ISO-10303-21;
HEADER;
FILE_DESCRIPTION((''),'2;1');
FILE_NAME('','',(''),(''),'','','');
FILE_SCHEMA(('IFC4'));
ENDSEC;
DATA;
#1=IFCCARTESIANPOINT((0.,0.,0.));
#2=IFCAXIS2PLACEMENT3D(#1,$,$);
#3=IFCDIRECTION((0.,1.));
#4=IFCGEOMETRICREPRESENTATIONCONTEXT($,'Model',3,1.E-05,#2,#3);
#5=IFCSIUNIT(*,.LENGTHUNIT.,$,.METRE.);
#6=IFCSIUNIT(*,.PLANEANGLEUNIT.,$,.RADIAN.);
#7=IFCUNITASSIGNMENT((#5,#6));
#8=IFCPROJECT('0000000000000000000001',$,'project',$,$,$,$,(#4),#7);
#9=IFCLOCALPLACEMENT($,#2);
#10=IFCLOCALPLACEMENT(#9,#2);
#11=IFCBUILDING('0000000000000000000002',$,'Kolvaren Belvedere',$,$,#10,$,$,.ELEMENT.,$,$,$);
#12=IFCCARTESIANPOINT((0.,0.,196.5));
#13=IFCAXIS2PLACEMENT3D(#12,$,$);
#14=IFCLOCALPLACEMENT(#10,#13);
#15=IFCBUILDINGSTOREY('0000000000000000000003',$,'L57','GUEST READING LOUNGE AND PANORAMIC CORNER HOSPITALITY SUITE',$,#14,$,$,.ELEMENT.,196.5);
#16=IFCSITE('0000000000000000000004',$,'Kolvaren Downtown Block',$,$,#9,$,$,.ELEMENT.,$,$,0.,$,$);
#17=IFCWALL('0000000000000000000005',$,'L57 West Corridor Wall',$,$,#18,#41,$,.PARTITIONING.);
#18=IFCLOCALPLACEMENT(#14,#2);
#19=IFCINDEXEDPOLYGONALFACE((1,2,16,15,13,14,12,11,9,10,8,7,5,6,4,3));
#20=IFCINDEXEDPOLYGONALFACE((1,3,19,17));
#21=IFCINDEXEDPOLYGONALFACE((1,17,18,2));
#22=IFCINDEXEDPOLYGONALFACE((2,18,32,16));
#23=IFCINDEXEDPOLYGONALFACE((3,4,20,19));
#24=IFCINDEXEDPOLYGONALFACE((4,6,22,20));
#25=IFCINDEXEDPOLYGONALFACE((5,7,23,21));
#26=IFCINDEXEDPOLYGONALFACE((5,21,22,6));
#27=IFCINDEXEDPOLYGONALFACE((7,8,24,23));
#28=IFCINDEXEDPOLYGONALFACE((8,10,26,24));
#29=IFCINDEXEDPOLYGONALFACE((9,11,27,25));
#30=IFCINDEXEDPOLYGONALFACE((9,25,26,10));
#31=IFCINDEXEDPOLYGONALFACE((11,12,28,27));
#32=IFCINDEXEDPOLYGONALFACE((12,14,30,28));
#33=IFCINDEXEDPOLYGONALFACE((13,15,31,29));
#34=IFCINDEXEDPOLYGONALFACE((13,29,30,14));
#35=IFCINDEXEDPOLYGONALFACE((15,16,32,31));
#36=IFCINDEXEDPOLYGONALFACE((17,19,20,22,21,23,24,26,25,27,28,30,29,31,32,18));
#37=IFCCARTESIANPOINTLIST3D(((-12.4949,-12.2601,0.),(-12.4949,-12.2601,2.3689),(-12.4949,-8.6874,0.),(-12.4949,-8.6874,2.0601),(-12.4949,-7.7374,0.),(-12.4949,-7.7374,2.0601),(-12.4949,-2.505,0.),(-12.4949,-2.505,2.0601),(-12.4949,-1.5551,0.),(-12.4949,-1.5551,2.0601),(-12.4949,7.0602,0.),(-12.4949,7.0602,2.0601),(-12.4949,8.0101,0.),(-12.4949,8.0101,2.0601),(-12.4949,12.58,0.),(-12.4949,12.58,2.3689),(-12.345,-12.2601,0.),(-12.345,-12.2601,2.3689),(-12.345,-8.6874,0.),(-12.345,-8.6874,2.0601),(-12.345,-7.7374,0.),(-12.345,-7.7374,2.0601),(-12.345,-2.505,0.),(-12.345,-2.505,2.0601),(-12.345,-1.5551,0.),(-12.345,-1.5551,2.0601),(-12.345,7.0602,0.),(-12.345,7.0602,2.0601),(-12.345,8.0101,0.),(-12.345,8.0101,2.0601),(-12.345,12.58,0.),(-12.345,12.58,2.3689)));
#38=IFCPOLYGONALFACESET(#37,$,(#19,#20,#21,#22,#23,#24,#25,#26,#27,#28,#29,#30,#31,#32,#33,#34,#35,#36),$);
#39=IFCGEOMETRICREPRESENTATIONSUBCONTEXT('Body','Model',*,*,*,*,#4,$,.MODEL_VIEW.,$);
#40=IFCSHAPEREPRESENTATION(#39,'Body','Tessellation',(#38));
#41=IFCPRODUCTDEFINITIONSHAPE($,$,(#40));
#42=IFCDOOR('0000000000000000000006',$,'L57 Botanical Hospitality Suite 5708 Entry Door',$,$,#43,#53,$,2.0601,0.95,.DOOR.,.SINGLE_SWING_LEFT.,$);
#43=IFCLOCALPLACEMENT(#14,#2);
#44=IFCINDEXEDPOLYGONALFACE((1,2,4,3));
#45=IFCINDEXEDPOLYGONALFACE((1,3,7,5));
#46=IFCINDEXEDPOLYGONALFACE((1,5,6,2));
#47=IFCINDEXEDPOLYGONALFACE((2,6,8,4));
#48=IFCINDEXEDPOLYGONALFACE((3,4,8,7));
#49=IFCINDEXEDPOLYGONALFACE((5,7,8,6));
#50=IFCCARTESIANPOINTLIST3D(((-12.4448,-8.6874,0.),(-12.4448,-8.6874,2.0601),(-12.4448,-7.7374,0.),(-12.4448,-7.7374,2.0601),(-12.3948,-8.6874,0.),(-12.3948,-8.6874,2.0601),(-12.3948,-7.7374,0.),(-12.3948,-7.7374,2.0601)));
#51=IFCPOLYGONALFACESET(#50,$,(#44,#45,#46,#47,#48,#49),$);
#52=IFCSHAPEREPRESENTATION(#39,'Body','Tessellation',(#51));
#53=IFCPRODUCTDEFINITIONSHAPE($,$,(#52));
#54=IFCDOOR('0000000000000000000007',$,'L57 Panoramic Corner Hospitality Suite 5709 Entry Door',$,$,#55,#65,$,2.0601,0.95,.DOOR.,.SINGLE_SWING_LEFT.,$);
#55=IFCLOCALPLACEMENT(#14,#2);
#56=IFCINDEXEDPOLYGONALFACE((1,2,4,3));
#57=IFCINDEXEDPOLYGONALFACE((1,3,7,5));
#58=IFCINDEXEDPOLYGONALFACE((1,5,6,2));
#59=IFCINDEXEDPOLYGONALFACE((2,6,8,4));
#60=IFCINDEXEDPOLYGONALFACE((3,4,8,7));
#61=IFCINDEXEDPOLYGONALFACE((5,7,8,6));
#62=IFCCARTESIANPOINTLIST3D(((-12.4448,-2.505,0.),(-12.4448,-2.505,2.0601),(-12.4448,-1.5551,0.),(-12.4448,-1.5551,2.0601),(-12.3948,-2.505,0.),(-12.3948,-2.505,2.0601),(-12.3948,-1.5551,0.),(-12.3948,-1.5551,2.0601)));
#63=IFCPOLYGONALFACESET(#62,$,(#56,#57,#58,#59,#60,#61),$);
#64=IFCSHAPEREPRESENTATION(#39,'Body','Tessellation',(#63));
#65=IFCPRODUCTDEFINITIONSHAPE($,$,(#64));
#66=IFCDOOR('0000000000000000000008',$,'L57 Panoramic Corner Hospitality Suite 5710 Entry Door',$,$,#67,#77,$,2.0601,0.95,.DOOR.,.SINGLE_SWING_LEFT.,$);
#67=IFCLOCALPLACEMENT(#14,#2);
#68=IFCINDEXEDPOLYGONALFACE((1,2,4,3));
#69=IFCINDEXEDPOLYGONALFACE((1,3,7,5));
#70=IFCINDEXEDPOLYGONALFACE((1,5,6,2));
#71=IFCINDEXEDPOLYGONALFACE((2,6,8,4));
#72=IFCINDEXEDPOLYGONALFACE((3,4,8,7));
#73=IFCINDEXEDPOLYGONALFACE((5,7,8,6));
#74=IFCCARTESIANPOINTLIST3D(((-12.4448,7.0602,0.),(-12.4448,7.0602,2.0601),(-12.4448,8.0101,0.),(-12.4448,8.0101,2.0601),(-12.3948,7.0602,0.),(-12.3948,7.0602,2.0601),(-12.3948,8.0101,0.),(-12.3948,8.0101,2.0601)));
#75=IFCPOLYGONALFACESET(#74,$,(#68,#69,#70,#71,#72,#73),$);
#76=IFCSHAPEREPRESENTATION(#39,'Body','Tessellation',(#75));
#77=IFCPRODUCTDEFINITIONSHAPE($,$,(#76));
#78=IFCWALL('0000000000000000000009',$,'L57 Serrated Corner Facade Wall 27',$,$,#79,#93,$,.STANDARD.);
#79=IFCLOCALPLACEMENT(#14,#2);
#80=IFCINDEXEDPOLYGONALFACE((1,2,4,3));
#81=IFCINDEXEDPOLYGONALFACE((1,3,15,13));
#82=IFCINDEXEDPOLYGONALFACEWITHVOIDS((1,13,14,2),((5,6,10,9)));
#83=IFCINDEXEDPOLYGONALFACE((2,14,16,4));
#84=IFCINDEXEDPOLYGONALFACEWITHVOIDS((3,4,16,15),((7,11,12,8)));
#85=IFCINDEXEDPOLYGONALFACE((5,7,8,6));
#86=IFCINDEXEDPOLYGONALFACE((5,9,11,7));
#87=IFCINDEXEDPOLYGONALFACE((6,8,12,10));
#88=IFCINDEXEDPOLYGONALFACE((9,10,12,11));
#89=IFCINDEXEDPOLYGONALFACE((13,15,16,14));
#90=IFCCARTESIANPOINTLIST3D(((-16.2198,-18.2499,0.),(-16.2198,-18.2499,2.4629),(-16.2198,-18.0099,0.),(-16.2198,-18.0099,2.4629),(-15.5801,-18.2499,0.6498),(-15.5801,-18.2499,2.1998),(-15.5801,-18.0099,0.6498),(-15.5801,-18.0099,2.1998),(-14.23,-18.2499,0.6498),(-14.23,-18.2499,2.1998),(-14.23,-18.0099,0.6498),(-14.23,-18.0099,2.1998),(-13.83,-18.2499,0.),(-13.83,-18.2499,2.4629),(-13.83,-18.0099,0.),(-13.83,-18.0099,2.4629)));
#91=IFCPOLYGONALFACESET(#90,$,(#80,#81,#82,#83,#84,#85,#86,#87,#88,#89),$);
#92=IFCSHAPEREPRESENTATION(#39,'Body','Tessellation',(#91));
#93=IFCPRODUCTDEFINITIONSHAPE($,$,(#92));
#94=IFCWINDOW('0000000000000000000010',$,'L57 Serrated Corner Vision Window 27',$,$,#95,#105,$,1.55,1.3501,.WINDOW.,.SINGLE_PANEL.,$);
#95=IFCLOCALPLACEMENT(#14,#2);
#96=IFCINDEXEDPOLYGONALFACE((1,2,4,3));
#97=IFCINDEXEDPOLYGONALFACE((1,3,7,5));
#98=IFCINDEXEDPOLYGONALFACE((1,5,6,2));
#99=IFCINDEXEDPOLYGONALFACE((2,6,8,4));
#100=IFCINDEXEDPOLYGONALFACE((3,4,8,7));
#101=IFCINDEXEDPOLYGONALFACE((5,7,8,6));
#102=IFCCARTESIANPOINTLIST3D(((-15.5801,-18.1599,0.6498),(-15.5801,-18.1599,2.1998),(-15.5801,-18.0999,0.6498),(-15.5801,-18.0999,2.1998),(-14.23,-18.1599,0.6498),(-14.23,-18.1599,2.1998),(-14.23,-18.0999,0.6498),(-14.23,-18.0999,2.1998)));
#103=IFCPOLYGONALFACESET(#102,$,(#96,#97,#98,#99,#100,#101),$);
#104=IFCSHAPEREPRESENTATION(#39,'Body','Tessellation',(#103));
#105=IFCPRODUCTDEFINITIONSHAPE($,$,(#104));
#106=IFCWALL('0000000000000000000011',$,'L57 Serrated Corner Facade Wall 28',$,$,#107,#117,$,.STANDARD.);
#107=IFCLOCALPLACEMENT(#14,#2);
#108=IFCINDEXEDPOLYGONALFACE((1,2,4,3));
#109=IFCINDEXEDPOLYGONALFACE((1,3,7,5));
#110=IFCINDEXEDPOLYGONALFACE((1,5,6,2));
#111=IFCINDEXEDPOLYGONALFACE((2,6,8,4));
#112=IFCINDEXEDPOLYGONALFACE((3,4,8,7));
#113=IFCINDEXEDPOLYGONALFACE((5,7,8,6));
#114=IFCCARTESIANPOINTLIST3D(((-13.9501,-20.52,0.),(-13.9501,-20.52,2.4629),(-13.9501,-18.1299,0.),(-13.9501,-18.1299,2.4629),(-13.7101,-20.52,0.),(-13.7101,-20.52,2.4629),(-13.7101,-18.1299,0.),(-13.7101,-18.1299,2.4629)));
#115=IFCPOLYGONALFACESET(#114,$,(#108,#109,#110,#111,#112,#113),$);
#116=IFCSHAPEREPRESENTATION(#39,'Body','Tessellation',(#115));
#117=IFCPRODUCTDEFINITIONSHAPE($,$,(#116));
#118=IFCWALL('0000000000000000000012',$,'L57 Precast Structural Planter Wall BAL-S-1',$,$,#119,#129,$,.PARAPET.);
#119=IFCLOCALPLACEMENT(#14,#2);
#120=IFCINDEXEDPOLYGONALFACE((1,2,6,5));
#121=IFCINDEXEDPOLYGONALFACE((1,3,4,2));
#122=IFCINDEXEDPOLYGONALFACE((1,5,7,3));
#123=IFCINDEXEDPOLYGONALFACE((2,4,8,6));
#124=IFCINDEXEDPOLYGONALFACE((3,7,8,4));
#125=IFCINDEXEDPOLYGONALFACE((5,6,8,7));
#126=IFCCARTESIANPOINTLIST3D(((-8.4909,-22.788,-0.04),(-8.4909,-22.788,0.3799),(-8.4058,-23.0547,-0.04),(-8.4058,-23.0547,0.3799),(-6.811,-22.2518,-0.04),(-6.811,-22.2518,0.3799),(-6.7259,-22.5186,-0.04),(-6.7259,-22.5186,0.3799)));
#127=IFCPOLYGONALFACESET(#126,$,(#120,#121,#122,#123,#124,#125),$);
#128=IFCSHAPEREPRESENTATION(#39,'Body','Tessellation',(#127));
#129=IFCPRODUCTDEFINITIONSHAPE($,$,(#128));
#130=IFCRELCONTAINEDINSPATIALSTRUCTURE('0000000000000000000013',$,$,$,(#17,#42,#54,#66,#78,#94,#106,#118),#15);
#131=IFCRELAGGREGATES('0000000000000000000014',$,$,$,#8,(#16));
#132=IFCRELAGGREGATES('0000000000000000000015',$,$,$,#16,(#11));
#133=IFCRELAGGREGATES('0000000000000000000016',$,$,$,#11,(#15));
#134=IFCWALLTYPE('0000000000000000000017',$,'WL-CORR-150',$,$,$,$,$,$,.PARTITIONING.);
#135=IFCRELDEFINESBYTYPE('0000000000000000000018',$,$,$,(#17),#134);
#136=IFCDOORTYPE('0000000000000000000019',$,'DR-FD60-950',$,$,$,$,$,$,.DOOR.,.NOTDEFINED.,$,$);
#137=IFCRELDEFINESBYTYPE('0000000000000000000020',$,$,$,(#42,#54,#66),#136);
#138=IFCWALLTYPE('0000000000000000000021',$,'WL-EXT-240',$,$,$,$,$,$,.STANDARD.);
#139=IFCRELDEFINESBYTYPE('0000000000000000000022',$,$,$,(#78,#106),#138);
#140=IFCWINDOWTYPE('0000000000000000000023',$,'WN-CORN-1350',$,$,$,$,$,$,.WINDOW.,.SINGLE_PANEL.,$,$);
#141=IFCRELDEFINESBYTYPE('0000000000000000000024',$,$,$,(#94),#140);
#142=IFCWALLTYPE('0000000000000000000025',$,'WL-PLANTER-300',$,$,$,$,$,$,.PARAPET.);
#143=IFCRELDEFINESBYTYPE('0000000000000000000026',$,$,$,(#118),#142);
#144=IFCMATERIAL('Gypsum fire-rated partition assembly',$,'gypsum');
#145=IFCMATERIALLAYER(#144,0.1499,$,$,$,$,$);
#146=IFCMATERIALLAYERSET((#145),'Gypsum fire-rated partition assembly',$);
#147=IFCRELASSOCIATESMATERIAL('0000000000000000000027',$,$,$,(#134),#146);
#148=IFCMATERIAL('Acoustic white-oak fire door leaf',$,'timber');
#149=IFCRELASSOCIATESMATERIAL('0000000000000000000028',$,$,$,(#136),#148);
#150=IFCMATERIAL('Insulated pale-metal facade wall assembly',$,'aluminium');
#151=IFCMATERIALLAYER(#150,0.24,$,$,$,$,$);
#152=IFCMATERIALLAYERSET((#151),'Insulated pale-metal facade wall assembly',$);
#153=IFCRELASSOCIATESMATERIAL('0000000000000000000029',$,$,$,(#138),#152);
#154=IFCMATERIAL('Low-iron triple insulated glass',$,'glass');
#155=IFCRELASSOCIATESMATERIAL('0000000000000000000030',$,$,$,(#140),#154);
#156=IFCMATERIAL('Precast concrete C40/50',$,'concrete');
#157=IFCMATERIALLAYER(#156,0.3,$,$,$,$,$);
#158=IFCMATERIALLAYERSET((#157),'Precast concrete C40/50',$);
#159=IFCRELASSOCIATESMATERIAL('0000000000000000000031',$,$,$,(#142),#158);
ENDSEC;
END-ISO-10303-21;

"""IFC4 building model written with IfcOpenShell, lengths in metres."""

from ifc_helpers import new_model, si_unit, direction, frame, frame_2d, origin, place, context, subcontext, project, spatial, rectangle, extrude, material, layer, layer_set, type_object, element, fill, save


model = new_model("IFC4")

# Units and contexts
model_context = context("Model", 3, precision=1e-05, world=origin(), true_north=direction((0.0, 1.0)))
body_context = subcontext(model_context, "Body", "Model", "MODEL_VIEW")
ifc_project = project(units=[si_unit("LENGTHUNIT", "METRE"), si_unit("PLANEANGLEUNIT", "RADIAN")], contexts=[model_context])

# Site, building, storey
site_placement = place(None, origin())
site = spatial("IfcSite", under=ifc_project, at=site_placement, Name="Kolvaren Downtown Block", CompositionType="ELEMENT", RefElevation=0.0)
building_placement = place(site_placement, origin())
building = spatial("IfcBuilding", under=site, at=building_placement, Name="Kolvaren Belvedere", CompositionType="ELEMENT")
storey_placement = place(building_placement, frame((0.0, 0.0, 196.5)))
storey = spatial("IfcBuildingStorey", under=building, at=storey_placement, Name="L57", Description="GUEST READING LOUNGE AND PANORAMIC CORNER HOSPITALITY SUITE", CompositionType="ELEMENT", Elevation=196.5)

# Wall, openings, doors
ifc_material_1 = material(Name="Gypsum fire-rated partition assembly", Category="gypsum")
ifc_layer_1 = layer(ifc_material_1, 0.1499)
ifc_layer_set_1 = layer_set([ifc_layer_1], Name="Gypsum fire-rated partition assembly")
wall_type_1 = type_object("IfcWallType", Name="WL-CORR-150", PredefinedType="PARTITIONING", material=ifc_layer_set_1)
wall_1_placement = place(storey_placement, frame((-12.4199, -12.26, 0.0), z_axis=(0.0, 0.0, 1.0), x_axis=(0.0, 1.0, 0.0)))
wall_1 = element("IfcWall", 1, at=wall_1_placement, inside=storey, type_object=wall_type_1, Name="L57 West Corridor Wall", PredefinedType="PARTITIONING", context=body_context, shape_type="SweptSolid", body=[
    extrude(rectangle(XDim=24.8401, YDim=0.1499, at=frame_2d((12.4199, 0.0))), origin(), (0.0, 0.0, 1.0), 2.3689),
])
opening_1_placement = place(wall_1_placement, frame((3.5725, 0.0, 0.0)))
opening_1 = element("IfcOpeningElement", 2, at=opening_1_placement, cuts=wall_1, PredefinedType="OPENING", context=body_context, shape_type="SweptSolid", body=[
    extrude(rectangle(XDim=0.95, YDim=2.0601, at=frame_2d((0.4751, 1.03))), frame((0.0, 0.085, 0.0), z_axis=(0.0, -1.0, 0.0), x_axis=(1.0, 0.0, 0.0)), (0.0, 0.0, 1.0), 0.1699),
])
opening_2_placement = place(wall_1_placement, frame((9.7549, 0.0, 0.0)))
opening_2 = element("IfcOpeningElement", 3, at=opening_2_placement, cuts=wall_1, PredefinedType="OPENING", context=body_context, shape_type="SweptSolid", body=[
    extrude(rectangle(XDim=0.95, YDim=2.0601, at=frame_2d((0.4751, 1.03))), frame((0.0, 0.085, 0.0), z_axis=(0.0, -1.0, 0.0), x_axis=(1.0, 0.0, 0.0)), (0.0, 0.0, 1.0), 0.1699),
])
opening_3_placement = place(wall_1_placement, frame((19.3201, 0.0, 0.0)))
opening_3 = element("IfcOpeningElement", 4, at=opening_3_placement, cuts=wall_1, PredefinedType="OPENING", context=body_context, shape_type="SweptSolid", body=[
    extrude(rectangle(XDim=0.95, YDim=2.0601, at=frame_2d((0.4751, 1.03))), frame((0.0, 0.085, 0.0), z_axis=(0.0, -1.0, 0.0), x_axis=(1.0, 0.0, 0.0)), (0.0, 0.0, 1.0), 0.1699),
])
ifc_material_2 = material(Name="Acoustic white-oak fire door leaf", Category="timber")
door_type_1 = type_object("IfcDoorType", Name="DR-FD60-950", OperationType="NOTDEFINED", PredefinedType="DOOR", material=ifc_material_2)
door_1_placement = place(opening_1_placement, origin())
door_1 = element("IfcDoor", 5, at=door_1_placement, inside=storey, type_object=door_type_1, Name="L57 Botanical Hospitality Suite 5708 Entry Door", OperationType="SINGLE_SWING_LEFT", OverallHeight=2.0601, OverallWidth=0.95, PredefinedType="DOOR", context=body_context, shape_type="SweptSolid", body=[
    extrude(rectangle(XDim=0.95, YDim=2.0601, at=frame_2d((0.4751, 1.03))), frame((0.0, 0.0249, 0.0), z_axis=(0.0, -1.0, 0.0), x_axis=(1.0, 0.0, 0.0)), (0.0, 0.0, 1.0), 0.05),
])
fill(opening_1, door_1)
door_2_placement = place(opening_2_placement, origin())
door_2 = element("IfcDoor", 6, at=door_2_placement, inside=storey, type_object=door_type_1, Name="L57 Panoramic Corner Hospitality Suite 5709 Entry Door", OperationType="SINGLE_SWING_LEFT", OverallHeight=2.0601, OverallWidth=0.95, PredefinedType="DOOR", context=body_context, shape_type="SweptSolid", body=[
    extrude(rectangle(XDim=0.95, YDim=2.0601, at=frame_2d((0.4751, 1.03))), frame((0.0, 0.0249, 0.0), z_axis=(0.0, -1.0, 0.0), x_axis=(1.0, 0.0, 0.0)), (0.0, 0.0, 1.0), 0.05),
])
fill(opening_2, door_2)
door_3_placement = place(opening_3_placement, origin())
door_3 = element("IfcDoor", 7, at=door_3_placement, inside=storey, type_object=door_type_1, Name="L57 Panoramic Corner Hospitality Suite 5710 Entry Door", OperationType="SINGLE_SWING_LEFT", OverallHeight=2.0601, OverallWidth=0.95, PredefinedType="DOOR", context=body_context, shape_type="SweptSolid", body=[
    extrude(rectangle(XDim=0.95, YDim=2.0601, at=frame_2d((0.4751, 1.03))), frame((0.0, 0.0249, 0.0), z_axis=(0.0, -1.0, 0.0), x_axis=(1.0, 0.0, 0.0)), (0.0, 0.0, 1.0), 0.05),
])
fill(opening_3, door_3)

# Wall, opening, window
ifc_material_3 = material(Name="Insulated pale-metal facade wall assembly", Category="aluminium")
ifc_layer_2 = layer(ifc_material_3, 0.24)
ifc_layer_set_2 = layer_set([ifc_layer_2], Name="Insulated pale-metal facade wall assembly")
wall_type_2 = type_object("IfcWallType", Name="WL-EXT-240", PredefinedType="STANDARD", material=ifc_layer_set_2)
wall_2_placement = place(storey_placement, frame((-13.8301, -18.1299, 0.0), z_axis=(0.0, 0.0, 1.0), x_axis=(-1.0, 0.0, 0.0)))
wall_2 = element("IfcWall", 8, at=wall_2_placement, inside=storey, type_object=wall_type_2, Name="L57 Serrated Corner Facade Wall 27", PredefinedType="STANDARD", context=body_context, shape_type="SweptSolid", body=[
    extrude(rectangle(XDim=2.3899, YDim=0.24, at=frame_2d((1.1948, 0.0))), origin(), (0.0, 0.0, 1.0), 2.4629),
])
opening_4_placement = place(wall_2_placement, frame((0.3999, 0.0, 0.6499)))
opening_4 = element("IfcOpeningElement", 9, at=opening_4_placement, cuts=wall_2, PredefinedType="OPENING", context=body_context, shape_type="SweptSolid", body=[
    extrude(rectangle(XDim=1.3501, YDim=1.55, at=frame_2d((0.675, 0.7749))), frame((0.0, 0.1299, 0.0), z_axis=(0.0, -1.0, 0.0), x_axis=(1.0, 0.0, 0.0)), (0.0, 0.0, 1.0), 0.26),
])
ifc_material_4 = material(Name="Low-iron triple insulated glass", Category="glass")
window_type = type_object("IfcWindowType", Name="WN-CORN-1350", PartitioningType="SINGLE_PANEL", PredefinedType="WINDOW", material=ifc_material_4)
window_placement = place(opening_4_placement, origin())
window = element("IfcWindow", 10, at=window_placement, inside=storey, type_object=window_type, Name="L57 Serrated Corner Vision Window 27", OverallHeight=1.55, OverallWidth=1.3501, PartitioningType="SINGLE_PANEL", PredefinedType="WINDOW", context=body_context, shape_type="SweptSolid", body=[
    extrude(rectangle(XDim=1.3501, YDim=1.55, at=frame_2d((0.675, 0.7749))), frame((0.0, 0.03, 0.0), z_axis=(0.0, -1.0, 0.0), x_axis=(1.0, 0.0, 0.0)), (0.0, 0.0, 1.0), 0.0601),
])
fill(opening_4, window)

# Walls
wall_3_placement = place(storey_placement, frame((-13.8301, -20.52, 0.0), z_axis=(0.0, 0.0, 1.0), x_axis=(0.0, 1.0, 0.0)))
element("IfcWall", 11, at=wall_3_placement, inside=storey, type_object=wall_type_2, Name="L57 Serrated Corner Facade Wall 28", PredefinedType="STANDARD", context=body_context, shape_type="SweptSolid", body=[
    extrude(rectangle(XDim=2.3901, YDim=0.24, at=frame_2d((1.1951, 0.0))), origin(), (0.0, 0.0, 1.0), 2.4629),
])
ifc_material_5 = material(Name="Precast concrete C40/50", Category="concrete")
ifc_layer_3 = layer(ifc_material_5, 0.3)
ifc_layer_set_3 = layer_set([ifc_layer_3], Name="Precast concrete C40/50")
wall_type_3 = type_object("IfcWallType", Name="WL-PLANTER-300", PredefinedType="PARAPET", material=ifc_layer_set_3)
wall_4_placement = place(storey_placement, frame((-8.4485, -22.9214, -0.04), z_axis=(0.0, 0.0, 1.0), x_axis=(0.952662, 0.304032, 0.0)))
element("IfcWall", 12, at=wall_4_placement, inside=storey, type_object=wall_type_3, Name="L57 Precast Structural Planter Wall BAL-S-1", PredefinedType="PARAPET", context=body_context, shape_type="SweptSolid", body=[
    extrude(rectangle(XDim=1.7634, YDim=0.28, at=frame_2d((0.8818, 0.0))), origin(), (0.0, 0.0, 1.0), 0.4199),
])

save(model, "model.ifc")
